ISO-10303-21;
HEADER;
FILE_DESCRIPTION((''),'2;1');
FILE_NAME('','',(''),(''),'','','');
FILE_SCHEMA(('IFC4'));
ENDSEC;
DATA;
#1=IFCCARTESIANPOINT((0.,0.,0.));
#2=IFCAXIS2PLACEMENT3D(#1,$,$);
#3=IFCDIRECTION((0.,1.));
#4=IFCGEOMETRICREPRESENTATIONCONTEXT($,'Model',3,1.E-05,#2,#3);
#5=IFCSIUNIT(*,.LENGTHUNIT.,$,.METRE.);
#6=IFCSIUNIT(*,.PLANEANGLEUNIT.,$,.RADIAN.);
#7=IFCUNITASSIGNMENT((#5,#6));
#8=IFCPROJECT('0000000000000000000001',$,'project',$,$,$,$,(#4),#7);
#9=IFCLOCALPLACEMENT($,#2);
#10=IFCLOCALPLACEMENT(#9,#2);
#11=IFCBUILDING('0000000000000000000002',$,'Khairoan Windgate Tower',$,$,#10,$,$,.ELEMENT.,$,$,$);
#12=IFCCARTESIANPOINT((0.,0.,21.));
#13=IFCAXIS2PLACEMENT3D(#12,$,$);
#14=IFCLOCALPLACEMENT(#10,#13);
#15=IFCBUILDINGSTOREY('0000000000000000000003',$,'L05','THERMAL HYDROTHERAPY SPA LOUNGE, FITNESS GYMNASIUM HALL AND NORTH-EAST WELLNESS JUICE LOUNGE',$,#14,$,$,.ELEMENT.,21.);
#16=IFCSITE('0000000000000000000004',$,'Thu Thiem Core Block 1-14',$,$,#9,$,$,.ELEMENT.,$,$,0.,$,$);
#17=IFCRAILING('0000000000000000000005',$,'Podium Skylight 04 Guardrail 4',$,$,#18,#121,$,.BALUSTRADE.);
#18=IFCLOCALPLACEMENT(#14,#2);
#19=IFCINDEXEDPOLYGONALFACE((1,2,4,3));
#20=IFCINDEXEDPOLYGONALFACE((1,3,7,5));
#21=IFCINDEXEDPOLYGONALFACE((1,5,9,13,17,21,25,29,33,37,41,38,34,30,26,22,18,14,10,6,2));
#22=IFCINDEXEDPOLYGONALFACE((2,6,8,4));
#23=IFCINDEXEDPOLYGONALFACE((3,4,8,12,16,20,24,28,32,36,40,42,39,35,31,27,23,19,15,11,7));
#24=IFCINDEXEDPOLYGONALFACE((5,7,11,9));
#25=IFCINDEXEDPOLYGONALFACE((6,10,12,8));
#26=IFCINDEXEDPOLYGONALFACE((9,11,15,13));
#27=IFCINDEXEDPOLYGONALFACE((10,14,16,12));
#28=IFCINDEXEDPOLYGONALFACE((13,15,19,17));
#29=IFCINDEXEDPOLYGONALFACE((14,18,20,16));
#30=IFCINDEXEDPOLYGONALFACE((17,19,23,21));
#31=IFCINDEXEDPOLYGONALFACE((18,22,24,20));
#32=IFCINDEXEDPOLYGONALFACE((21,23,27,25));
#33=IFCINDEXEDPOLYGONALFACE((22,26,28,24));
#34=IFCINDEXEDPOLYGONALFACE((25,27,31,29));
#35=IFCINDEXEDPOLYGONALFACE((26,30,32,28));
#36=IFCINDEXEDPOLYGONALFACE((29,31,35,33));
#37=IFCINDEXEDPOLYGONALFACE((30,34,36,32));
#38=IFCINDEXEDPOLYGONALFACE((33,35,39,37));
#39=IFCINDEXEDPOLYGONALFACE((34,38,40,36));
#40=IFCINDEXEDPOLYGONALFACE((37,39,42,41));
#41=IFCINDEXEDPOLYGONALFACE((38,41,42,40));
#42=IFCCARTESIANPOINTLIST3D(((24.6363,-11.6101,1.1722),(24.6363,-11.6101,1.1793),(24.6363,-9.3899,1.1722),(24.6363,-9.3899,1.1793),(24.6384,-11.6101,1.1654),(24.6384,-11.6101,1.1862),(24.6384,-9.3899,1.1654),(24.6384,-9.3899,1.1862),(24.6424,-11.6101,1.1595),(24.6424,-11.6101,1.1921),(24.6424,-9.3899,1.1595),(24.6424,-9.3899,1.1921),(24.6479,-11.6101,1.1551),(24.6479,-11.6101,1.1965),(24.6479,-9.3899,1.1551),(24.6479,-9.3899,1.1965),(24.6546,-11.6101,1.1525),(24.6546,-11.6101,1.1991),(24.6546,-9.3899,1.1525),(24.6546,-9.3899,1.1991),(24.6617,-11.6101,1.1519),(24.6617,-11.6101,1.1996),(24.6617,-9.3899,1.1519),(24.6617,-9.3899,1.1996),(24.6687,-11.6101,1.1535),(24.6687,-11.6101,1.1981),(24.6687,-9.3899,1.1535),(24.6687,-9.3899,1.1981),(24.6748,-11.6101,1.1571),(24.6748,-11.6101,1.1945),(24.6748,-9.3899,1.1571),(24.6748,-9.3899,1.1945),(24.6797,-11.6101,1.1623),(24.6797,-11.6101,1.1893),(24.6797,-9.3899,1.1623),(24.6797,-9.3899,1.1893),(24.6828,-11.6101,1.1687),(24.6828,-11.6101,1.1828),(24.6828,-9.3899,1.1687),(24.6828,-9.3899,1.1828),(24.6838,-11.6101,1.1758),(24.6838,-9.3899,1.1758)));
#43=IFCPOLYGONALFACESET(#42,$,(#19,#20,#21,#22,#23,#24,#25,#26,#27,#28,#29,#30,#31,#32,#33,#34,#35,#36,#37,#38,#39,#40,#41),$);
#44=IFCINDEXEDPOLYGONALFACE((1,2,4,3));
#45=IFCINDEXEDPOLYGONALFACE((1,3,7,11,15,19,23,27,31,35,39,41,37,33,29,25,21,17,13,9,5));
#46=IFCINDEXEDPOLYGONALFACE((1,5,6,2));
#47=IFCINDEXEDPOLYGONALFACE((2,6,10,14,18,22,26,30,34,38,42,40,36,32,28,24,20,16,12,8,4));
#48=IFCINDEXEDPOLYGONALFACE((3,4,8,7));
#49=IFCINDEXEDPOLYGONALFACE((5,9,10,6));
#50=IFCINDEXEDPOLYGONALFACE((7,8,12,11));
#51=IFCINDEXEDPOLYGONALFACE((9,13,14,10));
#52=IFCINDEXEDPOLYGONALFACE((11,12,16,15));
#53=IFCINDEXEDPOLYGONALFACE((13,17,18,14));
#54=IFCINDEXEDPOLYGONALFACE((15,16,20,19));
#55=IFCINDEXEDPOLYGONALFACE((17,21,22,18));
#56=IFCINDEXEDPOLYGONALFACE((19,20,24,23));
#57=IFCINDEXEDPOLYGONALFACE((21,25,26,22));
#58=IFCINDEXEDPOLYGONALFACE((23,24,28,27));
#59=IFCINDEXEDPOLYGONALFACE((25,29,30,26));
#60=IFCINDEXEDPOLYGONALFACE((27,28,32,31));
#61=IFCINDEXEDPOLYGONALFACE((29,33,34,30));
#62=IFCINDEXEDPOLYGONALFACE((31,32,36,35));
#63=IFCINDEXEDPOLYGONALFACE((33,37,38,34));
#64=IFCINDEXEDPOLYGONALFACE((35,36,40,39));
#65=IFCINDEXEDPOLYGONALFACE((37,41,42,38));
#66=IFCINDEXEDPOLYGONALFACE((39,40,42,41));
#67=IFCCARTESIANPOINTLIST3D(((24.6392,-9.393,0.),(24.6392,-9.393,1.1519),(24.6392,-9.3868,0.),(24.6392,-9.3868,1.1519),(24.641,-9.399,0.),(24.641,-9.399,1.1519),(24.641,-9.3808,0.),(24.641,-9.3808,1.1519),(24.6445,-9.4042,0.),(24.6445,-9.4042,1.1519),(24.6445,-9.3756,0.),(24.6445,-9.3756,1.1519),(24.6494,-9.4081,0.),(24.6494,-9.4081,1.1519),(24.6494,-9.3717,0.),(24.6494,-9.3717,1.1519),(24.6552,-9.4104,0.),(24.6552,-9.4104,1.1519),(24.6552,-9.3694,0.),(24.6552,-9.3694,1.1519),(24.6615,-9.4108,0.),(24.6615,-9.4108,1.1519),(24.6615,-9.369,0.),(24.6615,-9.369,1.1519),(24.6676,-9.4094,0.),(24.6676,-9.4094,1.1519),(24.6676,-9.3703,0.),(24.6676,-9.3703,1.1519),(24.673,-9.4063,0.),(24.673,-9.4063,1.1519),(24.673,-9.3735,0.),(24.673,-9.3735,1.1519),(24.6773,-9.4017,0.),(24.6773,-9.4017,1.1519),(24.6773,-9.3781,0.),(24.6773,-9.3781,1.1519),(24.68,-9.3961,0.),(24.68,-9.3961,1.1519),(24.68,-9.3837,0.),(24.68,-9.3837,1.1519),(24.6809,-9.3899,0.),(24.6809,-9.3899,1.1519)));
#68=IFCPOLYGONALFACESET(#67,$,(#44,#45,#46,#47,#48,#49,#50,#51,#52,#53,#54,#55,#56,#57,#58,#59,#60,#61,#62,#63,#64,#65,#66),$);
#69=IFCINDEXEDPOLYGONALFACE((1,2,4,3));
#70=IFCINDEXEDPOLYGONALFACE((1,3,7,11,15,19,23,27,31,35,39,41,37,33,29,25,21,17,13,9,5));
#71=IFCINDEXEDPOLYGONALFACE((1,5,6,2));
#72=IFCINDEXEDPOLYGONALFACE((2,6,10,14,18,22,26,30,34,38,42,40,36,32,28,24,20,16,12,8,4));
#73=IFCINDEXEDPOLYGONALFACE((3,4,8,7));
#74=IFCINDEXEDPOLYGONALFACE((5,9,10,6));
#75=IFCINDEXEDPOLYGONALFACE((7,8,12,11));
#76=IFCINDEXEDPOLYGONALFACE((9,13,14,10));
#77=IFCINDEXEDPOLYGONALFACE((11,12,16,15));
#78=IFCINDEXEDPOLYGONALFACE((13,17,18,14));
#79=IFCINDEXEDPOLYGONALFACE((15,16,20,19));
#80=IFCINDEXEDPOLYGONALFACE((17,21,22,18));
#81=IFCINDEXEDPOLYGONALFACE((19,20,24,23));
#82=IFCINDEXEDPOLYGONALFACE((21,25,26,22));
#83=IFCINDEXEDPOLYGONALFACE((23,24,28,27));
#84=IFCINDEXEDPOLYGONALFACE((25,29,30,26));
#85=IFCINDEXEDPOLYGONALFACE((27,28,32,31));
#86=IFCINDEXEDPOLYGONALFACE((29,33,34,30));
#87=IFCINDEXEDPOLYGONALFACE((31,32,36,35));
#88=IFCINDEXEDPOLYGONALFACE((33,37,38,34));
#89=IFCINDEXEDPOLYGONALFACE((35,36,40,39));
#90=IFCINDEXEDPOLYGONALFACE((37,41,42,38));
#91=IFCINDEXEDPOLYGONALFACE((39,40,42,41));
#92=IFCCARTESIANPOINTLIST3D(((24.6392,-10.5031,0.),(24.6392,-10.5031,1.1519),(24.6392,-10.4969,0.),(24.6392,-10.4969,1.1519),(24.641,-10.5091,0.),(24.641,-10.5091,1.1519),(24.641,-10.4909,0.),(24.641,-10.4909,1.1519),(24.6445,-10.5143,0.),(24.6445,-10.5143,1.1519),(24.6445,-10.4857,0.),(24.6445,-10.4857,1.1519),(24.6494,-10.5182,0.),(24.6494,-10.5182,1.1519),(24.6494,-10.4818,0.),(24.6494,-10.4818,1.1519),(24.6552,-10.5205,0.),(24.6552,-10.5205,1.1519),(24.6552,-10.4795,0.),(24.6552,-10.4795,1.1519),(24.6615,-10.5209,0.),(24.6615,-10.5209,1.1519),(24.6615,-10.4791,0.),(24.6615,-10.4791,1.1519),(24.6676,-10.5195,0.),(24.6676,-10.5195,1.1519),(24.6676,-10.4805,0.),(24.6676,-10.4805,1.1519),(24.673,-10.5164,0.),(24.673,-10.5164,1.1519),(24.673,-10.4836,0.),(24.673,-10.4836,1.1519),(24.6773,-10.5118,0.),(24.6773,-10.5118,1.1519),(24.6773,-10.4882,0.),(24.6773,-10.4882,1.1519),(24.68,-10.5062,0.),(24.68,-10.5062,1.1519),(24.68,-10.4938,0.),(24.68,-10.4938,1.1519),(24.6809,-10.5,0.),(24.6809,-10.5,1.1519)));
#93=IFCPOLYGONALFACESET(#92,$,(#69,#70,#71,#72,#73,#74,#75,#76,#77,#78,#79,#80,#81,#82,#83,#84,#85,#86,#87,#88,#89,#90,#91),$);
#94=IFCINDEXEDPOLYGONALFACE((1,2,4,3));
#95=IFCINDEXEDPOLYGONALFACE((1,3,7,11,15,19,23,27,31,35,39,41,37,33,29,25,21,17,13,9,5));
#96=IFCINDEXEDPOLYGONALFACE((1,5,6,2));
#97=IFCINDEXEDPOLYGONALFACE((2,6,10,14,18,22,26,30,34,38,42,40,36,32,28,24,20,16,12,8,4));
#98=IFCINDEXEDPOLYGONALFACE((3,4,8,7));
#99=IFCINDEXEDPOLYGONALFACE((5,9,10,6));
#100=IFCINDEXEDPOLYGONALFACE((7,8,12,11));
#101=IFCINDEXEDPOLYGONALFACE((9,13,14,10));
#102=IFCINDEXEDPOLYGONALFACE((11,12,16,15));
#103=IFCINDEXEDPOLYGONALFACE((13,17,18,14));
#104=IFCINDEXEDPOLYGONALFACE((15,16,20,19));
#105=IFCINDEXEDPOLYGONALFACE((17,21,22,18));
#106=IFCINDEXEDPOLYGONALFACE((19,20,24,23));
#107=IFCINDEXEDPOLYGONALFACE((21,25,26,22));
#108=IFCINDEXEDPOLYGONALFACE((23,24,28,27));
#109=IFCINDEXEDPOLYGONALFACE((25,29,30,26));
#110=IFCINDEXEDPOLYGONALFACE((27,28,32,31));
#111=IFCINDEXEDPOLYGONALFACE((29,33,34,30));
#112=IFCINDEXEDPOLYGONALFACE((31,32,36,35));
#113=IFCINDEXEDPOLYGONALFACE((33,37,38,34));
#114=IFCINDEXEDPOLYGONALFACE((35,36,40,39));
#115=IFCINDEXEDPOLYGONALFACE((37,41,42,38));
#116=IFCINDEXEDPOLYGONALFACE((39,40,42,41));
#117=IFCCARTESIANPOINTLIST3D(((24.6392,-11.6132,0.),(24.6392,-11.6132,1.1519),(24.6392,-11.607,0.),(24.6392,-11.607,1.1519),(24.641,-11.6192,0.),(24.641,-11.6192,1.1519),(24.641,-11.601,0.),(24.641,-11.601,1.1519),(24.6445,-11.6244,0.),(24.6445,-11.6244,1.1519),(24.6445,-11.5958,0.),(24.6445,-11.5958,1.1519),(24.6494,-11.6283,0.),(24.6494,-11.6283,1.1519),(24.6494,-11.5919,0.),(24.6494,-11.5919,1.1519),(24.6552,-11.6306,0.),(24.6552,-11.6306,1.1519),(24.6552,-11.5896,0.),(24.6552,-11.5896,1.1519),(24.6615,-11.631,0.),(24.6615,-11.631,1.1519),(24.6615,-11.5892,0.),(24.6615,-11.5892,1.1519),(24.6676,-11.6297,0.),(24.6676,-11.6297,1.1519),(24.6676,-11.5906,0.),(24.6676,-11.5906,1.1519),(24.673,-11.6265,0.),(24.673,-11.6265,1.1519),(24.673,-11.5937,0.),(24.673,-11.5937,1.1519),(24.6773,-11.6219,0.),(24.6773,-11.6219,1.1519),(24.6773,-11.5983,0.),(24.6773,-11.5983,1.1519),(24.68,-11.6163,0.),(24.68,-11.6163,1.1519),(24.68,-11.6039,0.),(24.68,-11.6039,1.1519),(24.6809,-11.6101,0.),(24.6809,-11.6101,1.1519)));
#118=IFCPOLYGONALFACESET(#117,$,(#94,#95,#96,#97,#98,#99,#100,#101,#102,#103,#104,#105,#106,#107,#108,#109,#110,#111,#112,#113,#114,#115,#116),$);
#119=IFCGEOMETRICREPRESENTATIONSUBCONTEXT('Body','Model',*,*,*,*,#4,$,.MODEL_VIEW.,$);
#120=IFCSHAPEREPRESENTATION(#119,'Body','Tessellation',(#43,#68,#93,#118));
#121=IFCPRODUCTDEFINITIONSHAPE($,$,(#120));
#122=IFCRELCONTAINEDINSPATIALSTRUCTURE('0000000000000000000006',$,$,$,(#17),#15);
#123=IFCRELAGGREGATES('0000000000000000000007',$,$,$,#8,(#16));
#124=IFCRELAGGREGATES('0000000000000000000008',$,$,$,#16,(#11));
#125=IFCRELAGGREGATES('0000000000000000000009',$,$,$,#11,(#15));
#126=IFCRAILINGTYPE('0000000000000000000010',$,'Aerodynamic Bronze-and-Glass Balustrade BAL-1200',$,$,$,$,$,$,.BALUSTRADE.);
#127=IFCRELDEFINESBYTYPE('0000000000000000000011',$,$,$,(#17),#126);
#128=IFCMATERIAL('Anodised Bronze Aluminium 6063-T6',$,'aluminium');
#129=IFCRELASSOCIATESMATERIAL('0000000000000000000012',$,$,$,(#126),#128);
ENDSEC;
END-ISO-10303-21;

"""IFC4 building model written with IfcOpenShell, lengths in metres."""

from ifc_helpers import new_model, si_unit, direction, frame, origin, origin_2d, place, context, subcontext, project, spatial, circle, extrude, material, type_object, element, save


model = new_model("IFC4")

# Units and contexts
model_context = context("Model", 3, precision=1e-05, world=origin(), true_north=direction((0.0, 1.0)))
body_context = subcontext(model_context, "Body", "Model", "MODEL_VIEW")
ifc_project = project(units=[si_unit("LENGTHUNIT", "METRE"), si_unit("PLANEANGLEUNIT", "RADIAN")], contexts=[model_context])

# Site, building, storey
site_placement = place(None, origin())
site = spatial("IfcSite", under=ifc_project, at=site_placement, Name="Thu Thiem Core Block 1-14", CompositionType="ELEMENT", RefElevation=0.0)
building_placement = place(site_placement, origin())
building = spatial("IfcBuilding", under=site, at=building_placement, Name="Khairoan Windgate Tower", CompositionType="ELEMENT")
storey_placement = place(building_placement, frame((0.0, 0.0, 21.0)))
storey = spatial("IfcBuildingStorey", under=building, at=storey_placement, Name="L05", Description="THERMAL HYDROTHERAPY SPA LOUNGE, FITNESS GYMNASIUM HALL AND NORTH-EAST WELLNESS JUICE LOUNGE", CompositionType="ELEMENT", Elevation=21.0)

# Railing
ifc_material_1 = material(Name="Anodised Bronze Aluminium 6063-T6", Category="aluminium")
railing_type_1 = type_object("IfcRailingType", Name="Aerodynamic Bronze-and-Glass Balustrade BAL-1200", PredefinedType="BALUSTRADE", material=ifc_material_1)
railing_1_placement = place(storey_placement, frame((24.6599, -9.3899, 0.0)))
element("IfcRailing", 1, at=railing_1_placement, inside=storey, type_object=railing_type_1, Name="Podium Skylight 04 Guardrail 4", PredefinedType="BALUSTRADE", context=body_context, shape_type="SweptSolid", body=[
    extrude(circle(Radius=0.0239, at=origin_2d()), frame((0.0, 0.0, 1.1758), z_axis=(0.0, -1.0, 0.0), x_axis=(1.0, 0.0, 0.0)), (0.0, 0.0, 1.0), 2.2202),
    extrude(circle(Radius=0.021, at=origin_2d()), origin(), (0.0, 0.0, 1.0), 1.1519),
    extrude(circle(Radius=0.021, at=origin_2d()), frame((0.0, -1.1101, 0.0)), (0.0, 0.0, 1.0), 1.1519),
    extrude(circle(Radius=0.021, at=origin_2d()), frame((0.0, -2.2202, 0.0)), (0.0, 0.0, 1.0), 1.1519),
])

save(model, "model.ifc")
